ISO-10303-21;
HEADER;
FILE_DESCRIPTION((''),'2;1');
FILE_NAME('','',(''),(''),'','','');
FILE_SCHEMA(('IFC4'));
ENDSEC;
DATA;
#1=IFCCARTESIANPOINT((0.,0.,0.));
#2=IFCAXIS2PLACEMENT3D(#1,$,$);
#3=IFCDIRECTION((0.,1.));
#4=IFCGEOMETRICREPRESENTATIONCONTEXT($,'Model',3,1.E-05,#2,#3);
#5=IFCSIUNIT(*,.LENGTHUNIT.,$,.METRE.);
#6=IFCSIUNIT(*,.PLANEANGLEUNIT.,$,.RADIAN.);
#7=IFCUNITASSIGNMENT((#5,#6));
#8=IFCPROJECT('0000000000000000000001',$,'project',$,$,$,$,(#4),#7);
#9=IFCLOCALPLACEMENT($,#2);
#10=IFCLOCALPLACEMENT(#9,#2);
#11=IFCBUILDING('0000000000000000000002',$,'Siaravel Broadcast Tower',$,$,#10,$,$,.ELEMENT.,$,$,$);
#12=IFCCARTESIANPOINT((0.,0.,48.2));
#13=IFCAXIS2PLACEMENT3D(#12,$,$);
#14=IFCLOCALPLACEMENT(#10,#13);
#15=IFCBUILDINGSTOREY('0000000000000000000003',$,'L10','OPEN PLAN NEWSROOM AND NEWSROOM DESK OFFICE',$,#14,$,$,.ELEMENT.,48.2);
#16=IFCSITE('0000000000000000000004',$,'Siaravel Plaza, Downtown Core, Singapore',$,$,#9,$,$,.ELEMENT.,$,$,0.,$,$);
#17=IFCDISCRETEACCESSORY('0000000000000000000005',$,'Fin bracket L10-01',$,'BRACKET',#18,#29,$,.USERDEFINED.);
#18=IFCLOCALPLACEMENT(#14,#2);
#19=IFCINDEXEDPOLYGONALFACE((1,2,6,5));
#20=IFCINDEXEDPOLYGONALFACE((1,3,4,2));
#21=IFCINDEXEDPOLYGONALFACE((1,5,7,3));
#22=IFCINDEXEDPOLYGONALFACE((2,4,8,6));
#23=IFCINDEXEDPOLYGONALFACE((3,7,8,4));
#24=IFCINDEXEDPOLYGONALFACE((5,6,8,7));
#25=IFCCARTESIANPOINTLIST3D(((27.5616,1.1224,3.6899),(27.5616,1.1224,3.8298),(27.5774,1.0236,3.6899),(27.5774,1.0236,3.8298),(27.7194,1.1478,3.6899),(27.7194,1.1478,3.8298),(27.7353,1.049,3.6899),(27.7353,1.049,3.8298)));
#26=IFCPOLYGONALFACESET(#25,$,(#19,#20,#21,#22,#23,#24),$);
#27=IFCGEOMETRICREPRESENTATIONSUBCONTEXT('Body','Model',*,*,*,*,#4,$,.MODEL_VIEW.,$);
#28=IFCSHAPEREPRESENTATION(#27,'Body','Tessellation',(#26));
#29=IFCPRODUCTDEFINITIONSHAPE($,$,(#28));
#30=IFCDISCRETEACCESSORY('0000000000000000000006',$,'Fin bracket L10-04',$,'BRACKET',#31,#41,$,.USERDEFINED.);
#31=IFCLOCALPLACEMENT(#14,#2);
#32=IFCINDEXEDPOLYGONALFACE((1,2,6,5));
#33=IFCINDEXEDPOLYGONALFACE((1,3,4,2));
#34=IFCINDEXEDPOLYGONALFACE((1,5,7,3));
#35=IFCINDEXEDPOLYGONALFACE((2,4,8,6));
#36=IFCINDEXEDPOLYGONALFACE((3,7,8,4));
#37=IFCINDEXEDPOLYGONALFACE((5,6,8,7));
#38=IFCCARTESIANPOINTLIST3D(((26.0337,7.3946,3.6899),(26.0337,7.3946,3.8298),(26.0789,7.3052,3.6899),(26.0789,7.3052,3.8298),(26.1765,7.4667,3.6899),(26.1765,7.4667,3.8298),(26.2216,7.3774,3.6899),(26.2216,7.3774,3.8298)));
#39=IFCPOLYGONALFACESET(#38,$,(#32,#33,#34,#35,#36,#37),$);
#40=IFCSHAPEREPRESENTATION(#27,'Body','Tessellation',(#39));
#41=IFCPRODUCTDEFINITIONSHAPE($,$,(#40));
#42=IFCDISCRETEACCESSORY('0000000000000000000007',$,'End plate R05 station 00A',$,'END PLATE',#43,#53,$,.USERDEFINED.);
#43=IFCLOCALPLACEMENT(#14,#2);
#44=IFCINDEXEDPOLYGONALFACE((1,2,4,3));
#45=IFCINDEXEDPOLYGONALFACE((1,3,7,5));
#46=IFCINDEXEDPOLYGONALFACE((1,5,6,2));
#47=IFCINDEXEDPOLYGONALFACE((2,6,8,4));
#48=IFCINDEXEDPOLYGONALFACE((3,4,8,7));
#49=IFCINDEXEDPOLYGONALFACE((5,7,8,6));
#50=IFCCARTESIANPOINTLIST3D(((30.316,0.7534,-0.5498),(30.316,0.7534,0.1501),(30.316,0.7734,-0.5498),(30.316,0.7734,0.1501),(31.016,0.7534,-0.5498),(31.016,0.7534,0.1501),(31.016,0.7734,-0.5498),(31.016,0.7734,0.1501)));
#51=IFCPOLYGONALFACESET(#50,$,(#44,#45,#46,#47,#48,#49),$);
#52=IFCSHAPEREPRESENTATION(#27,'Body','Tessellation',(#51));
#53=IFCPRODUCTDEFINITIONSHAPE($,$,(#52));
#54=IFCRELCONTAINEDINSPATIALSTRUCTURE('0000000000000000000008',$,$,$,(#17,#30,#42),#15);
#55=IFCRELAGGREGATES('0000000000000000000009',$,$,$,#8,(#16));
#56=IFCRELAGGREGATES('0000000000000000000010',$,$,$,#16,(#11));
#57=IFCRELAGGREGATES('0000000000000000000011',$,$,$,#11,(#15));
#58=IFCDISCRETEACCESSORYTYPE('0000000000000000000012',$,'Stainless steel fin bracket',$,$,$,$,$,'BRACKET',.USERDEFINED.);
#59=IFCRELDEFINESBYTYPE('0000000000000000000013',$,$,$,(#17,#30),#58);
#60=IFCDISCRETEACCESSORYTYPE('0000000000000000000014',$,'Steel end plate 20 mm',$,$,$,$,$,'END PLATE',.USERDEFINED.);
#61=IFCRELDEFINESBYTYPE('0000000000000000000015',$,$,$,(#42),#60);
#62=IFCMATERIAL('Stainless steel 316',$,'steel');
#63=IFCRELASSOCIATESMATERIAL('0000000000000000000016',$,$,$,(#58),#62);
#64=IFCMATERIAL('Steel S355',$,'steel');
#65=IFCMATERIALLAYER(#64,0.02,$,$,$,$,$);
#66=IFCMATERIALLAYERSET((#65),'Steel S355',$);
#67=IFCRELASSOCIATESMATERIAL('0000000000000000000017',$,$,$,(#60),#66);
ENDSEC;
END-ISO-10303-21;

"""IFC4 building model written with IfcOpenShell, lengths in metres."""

from ifc_helpers import new_model, si_unit, direction, frame, origin, origin_2d, place, context, subcontext, project, spatial, rectangle, extrude, material, layer, layer_set, type_object, element, save


model = new_model("IFC4")

# Units and contexts
model_context = context("Model", 3, precision=1e-05, world=origin(), true_north=direction((0.0, 1.0)))
body_context = subcontext(model_context, "Body", "Model", "MODEL_VIEW")
ifc_project = project(units=[si_unit("LENGTHUNIT", "METRE"), si_unit("PLANEANGLEUNIT", "RADIAN")], contexts=[model_context])

# Site, building, storey
site_placement = place(None, origin())
site = spatial("IfcSite", under=ifc_project, at=site_placement, Name="Siaravel Plaza, Downtown Core, Singapore", CompositionType="ELEMENT", RefElevation=0.0)
building_placement = place(site_placement, origin())
building = spatial("IfcBuilding", under=site, at=building_placement, Name="Siaravel Broadcast Tower", CompositionType="ELEMENT")
storey_placement = place(building_placement, frame((0.0, 0.0, 48.2)))
storey = spatial("IfcBuildingStorey", under=building, at=storey_placement, Name="L10", Description="OPEN PLAN NEWSROOM AND NEWSROOM DESK OFFICE", CompositionType="ELEMENT", Elevation=48.2)

# Shared definitions
ifc_material_1 = material(Name="Steel S355", Category="steel")

# Discrete accessories
ifc_material_2 = material(Name="Stainless steel 316", Category="steel")
discrete_accessory_type_1 = type_object("IfcDiscreteAccessoryType", Name="Stainless steel fin bracket", ElementType="BRACKET", PredefinedType="USERDEFINED", material=ifc_material_2)
for number, where, z_axis, x_axis, name in (
    (1, (27.6484, 1.0857, 3.6899), (0.0, 0.0, 1.0), (0.987329, 0.158685, 0.0), "Fin bracket L10-01"),
    (2, (26.1277, 7.386, 3.6899), (0.0, 0.0, 1.0), (0.892392, 0.451261, 0.0), "Fin bracket L10-04"),
):
    element("IfcDiscreteAccessory", number, at=place(storey_placement, frame(where, z_axis=z_axis, x_axis=x_axis)), inside=storey, type_object=discrete_accessory_type_1, Name=name, ObjectType="BRACKET", PredefinedType="USERDEFINED", context=body_context, shape_type="SweptSolid", body=[
        extrude(rectangle(XDim=0.1599, YDim=0.1001, at=origin_2d()), origin(), (0.0, 0.0, 1.0), 0.1399),
    ])
ifc_layer_1 = layer(ifc_material_1, 0.02)
ifc_layer_set_1 = layer_set([ifc_layer_1], Name="Steel S355")
discrete_accessory_type_2 = type_object("IfcDiscreteAccessoryType", Name="Steel end plate 20 mm", ElementType="END PLATE", PredefinedType="USERDEFINED", material=ifc_layer_set_1)
discrete_accessory_placement = place(storey_placement, frame((30.666, 0.7634, -0.5498), z_axis=(0.0, 0.0, 1.0), x_axis=(0.0, 1.0, 0.0)))
element("IfcDiscreteAccessory", 3, at=discrete_accessory_placement, inside=storey, type_object=discrete_accessory_type_2, Name="End plate R05 station 00A", ObjectType="END PLATE", PredefinedType="USERDEFINED", context=body_context, shape_type="SweptSolid", body=[
    extrude(rectangle(XDim=0.02, YDim=0.7, at=origin_2d()), origin(), (0.0, 0.0, 1.0), 0.7),
])

save(model, "model.ifc")
